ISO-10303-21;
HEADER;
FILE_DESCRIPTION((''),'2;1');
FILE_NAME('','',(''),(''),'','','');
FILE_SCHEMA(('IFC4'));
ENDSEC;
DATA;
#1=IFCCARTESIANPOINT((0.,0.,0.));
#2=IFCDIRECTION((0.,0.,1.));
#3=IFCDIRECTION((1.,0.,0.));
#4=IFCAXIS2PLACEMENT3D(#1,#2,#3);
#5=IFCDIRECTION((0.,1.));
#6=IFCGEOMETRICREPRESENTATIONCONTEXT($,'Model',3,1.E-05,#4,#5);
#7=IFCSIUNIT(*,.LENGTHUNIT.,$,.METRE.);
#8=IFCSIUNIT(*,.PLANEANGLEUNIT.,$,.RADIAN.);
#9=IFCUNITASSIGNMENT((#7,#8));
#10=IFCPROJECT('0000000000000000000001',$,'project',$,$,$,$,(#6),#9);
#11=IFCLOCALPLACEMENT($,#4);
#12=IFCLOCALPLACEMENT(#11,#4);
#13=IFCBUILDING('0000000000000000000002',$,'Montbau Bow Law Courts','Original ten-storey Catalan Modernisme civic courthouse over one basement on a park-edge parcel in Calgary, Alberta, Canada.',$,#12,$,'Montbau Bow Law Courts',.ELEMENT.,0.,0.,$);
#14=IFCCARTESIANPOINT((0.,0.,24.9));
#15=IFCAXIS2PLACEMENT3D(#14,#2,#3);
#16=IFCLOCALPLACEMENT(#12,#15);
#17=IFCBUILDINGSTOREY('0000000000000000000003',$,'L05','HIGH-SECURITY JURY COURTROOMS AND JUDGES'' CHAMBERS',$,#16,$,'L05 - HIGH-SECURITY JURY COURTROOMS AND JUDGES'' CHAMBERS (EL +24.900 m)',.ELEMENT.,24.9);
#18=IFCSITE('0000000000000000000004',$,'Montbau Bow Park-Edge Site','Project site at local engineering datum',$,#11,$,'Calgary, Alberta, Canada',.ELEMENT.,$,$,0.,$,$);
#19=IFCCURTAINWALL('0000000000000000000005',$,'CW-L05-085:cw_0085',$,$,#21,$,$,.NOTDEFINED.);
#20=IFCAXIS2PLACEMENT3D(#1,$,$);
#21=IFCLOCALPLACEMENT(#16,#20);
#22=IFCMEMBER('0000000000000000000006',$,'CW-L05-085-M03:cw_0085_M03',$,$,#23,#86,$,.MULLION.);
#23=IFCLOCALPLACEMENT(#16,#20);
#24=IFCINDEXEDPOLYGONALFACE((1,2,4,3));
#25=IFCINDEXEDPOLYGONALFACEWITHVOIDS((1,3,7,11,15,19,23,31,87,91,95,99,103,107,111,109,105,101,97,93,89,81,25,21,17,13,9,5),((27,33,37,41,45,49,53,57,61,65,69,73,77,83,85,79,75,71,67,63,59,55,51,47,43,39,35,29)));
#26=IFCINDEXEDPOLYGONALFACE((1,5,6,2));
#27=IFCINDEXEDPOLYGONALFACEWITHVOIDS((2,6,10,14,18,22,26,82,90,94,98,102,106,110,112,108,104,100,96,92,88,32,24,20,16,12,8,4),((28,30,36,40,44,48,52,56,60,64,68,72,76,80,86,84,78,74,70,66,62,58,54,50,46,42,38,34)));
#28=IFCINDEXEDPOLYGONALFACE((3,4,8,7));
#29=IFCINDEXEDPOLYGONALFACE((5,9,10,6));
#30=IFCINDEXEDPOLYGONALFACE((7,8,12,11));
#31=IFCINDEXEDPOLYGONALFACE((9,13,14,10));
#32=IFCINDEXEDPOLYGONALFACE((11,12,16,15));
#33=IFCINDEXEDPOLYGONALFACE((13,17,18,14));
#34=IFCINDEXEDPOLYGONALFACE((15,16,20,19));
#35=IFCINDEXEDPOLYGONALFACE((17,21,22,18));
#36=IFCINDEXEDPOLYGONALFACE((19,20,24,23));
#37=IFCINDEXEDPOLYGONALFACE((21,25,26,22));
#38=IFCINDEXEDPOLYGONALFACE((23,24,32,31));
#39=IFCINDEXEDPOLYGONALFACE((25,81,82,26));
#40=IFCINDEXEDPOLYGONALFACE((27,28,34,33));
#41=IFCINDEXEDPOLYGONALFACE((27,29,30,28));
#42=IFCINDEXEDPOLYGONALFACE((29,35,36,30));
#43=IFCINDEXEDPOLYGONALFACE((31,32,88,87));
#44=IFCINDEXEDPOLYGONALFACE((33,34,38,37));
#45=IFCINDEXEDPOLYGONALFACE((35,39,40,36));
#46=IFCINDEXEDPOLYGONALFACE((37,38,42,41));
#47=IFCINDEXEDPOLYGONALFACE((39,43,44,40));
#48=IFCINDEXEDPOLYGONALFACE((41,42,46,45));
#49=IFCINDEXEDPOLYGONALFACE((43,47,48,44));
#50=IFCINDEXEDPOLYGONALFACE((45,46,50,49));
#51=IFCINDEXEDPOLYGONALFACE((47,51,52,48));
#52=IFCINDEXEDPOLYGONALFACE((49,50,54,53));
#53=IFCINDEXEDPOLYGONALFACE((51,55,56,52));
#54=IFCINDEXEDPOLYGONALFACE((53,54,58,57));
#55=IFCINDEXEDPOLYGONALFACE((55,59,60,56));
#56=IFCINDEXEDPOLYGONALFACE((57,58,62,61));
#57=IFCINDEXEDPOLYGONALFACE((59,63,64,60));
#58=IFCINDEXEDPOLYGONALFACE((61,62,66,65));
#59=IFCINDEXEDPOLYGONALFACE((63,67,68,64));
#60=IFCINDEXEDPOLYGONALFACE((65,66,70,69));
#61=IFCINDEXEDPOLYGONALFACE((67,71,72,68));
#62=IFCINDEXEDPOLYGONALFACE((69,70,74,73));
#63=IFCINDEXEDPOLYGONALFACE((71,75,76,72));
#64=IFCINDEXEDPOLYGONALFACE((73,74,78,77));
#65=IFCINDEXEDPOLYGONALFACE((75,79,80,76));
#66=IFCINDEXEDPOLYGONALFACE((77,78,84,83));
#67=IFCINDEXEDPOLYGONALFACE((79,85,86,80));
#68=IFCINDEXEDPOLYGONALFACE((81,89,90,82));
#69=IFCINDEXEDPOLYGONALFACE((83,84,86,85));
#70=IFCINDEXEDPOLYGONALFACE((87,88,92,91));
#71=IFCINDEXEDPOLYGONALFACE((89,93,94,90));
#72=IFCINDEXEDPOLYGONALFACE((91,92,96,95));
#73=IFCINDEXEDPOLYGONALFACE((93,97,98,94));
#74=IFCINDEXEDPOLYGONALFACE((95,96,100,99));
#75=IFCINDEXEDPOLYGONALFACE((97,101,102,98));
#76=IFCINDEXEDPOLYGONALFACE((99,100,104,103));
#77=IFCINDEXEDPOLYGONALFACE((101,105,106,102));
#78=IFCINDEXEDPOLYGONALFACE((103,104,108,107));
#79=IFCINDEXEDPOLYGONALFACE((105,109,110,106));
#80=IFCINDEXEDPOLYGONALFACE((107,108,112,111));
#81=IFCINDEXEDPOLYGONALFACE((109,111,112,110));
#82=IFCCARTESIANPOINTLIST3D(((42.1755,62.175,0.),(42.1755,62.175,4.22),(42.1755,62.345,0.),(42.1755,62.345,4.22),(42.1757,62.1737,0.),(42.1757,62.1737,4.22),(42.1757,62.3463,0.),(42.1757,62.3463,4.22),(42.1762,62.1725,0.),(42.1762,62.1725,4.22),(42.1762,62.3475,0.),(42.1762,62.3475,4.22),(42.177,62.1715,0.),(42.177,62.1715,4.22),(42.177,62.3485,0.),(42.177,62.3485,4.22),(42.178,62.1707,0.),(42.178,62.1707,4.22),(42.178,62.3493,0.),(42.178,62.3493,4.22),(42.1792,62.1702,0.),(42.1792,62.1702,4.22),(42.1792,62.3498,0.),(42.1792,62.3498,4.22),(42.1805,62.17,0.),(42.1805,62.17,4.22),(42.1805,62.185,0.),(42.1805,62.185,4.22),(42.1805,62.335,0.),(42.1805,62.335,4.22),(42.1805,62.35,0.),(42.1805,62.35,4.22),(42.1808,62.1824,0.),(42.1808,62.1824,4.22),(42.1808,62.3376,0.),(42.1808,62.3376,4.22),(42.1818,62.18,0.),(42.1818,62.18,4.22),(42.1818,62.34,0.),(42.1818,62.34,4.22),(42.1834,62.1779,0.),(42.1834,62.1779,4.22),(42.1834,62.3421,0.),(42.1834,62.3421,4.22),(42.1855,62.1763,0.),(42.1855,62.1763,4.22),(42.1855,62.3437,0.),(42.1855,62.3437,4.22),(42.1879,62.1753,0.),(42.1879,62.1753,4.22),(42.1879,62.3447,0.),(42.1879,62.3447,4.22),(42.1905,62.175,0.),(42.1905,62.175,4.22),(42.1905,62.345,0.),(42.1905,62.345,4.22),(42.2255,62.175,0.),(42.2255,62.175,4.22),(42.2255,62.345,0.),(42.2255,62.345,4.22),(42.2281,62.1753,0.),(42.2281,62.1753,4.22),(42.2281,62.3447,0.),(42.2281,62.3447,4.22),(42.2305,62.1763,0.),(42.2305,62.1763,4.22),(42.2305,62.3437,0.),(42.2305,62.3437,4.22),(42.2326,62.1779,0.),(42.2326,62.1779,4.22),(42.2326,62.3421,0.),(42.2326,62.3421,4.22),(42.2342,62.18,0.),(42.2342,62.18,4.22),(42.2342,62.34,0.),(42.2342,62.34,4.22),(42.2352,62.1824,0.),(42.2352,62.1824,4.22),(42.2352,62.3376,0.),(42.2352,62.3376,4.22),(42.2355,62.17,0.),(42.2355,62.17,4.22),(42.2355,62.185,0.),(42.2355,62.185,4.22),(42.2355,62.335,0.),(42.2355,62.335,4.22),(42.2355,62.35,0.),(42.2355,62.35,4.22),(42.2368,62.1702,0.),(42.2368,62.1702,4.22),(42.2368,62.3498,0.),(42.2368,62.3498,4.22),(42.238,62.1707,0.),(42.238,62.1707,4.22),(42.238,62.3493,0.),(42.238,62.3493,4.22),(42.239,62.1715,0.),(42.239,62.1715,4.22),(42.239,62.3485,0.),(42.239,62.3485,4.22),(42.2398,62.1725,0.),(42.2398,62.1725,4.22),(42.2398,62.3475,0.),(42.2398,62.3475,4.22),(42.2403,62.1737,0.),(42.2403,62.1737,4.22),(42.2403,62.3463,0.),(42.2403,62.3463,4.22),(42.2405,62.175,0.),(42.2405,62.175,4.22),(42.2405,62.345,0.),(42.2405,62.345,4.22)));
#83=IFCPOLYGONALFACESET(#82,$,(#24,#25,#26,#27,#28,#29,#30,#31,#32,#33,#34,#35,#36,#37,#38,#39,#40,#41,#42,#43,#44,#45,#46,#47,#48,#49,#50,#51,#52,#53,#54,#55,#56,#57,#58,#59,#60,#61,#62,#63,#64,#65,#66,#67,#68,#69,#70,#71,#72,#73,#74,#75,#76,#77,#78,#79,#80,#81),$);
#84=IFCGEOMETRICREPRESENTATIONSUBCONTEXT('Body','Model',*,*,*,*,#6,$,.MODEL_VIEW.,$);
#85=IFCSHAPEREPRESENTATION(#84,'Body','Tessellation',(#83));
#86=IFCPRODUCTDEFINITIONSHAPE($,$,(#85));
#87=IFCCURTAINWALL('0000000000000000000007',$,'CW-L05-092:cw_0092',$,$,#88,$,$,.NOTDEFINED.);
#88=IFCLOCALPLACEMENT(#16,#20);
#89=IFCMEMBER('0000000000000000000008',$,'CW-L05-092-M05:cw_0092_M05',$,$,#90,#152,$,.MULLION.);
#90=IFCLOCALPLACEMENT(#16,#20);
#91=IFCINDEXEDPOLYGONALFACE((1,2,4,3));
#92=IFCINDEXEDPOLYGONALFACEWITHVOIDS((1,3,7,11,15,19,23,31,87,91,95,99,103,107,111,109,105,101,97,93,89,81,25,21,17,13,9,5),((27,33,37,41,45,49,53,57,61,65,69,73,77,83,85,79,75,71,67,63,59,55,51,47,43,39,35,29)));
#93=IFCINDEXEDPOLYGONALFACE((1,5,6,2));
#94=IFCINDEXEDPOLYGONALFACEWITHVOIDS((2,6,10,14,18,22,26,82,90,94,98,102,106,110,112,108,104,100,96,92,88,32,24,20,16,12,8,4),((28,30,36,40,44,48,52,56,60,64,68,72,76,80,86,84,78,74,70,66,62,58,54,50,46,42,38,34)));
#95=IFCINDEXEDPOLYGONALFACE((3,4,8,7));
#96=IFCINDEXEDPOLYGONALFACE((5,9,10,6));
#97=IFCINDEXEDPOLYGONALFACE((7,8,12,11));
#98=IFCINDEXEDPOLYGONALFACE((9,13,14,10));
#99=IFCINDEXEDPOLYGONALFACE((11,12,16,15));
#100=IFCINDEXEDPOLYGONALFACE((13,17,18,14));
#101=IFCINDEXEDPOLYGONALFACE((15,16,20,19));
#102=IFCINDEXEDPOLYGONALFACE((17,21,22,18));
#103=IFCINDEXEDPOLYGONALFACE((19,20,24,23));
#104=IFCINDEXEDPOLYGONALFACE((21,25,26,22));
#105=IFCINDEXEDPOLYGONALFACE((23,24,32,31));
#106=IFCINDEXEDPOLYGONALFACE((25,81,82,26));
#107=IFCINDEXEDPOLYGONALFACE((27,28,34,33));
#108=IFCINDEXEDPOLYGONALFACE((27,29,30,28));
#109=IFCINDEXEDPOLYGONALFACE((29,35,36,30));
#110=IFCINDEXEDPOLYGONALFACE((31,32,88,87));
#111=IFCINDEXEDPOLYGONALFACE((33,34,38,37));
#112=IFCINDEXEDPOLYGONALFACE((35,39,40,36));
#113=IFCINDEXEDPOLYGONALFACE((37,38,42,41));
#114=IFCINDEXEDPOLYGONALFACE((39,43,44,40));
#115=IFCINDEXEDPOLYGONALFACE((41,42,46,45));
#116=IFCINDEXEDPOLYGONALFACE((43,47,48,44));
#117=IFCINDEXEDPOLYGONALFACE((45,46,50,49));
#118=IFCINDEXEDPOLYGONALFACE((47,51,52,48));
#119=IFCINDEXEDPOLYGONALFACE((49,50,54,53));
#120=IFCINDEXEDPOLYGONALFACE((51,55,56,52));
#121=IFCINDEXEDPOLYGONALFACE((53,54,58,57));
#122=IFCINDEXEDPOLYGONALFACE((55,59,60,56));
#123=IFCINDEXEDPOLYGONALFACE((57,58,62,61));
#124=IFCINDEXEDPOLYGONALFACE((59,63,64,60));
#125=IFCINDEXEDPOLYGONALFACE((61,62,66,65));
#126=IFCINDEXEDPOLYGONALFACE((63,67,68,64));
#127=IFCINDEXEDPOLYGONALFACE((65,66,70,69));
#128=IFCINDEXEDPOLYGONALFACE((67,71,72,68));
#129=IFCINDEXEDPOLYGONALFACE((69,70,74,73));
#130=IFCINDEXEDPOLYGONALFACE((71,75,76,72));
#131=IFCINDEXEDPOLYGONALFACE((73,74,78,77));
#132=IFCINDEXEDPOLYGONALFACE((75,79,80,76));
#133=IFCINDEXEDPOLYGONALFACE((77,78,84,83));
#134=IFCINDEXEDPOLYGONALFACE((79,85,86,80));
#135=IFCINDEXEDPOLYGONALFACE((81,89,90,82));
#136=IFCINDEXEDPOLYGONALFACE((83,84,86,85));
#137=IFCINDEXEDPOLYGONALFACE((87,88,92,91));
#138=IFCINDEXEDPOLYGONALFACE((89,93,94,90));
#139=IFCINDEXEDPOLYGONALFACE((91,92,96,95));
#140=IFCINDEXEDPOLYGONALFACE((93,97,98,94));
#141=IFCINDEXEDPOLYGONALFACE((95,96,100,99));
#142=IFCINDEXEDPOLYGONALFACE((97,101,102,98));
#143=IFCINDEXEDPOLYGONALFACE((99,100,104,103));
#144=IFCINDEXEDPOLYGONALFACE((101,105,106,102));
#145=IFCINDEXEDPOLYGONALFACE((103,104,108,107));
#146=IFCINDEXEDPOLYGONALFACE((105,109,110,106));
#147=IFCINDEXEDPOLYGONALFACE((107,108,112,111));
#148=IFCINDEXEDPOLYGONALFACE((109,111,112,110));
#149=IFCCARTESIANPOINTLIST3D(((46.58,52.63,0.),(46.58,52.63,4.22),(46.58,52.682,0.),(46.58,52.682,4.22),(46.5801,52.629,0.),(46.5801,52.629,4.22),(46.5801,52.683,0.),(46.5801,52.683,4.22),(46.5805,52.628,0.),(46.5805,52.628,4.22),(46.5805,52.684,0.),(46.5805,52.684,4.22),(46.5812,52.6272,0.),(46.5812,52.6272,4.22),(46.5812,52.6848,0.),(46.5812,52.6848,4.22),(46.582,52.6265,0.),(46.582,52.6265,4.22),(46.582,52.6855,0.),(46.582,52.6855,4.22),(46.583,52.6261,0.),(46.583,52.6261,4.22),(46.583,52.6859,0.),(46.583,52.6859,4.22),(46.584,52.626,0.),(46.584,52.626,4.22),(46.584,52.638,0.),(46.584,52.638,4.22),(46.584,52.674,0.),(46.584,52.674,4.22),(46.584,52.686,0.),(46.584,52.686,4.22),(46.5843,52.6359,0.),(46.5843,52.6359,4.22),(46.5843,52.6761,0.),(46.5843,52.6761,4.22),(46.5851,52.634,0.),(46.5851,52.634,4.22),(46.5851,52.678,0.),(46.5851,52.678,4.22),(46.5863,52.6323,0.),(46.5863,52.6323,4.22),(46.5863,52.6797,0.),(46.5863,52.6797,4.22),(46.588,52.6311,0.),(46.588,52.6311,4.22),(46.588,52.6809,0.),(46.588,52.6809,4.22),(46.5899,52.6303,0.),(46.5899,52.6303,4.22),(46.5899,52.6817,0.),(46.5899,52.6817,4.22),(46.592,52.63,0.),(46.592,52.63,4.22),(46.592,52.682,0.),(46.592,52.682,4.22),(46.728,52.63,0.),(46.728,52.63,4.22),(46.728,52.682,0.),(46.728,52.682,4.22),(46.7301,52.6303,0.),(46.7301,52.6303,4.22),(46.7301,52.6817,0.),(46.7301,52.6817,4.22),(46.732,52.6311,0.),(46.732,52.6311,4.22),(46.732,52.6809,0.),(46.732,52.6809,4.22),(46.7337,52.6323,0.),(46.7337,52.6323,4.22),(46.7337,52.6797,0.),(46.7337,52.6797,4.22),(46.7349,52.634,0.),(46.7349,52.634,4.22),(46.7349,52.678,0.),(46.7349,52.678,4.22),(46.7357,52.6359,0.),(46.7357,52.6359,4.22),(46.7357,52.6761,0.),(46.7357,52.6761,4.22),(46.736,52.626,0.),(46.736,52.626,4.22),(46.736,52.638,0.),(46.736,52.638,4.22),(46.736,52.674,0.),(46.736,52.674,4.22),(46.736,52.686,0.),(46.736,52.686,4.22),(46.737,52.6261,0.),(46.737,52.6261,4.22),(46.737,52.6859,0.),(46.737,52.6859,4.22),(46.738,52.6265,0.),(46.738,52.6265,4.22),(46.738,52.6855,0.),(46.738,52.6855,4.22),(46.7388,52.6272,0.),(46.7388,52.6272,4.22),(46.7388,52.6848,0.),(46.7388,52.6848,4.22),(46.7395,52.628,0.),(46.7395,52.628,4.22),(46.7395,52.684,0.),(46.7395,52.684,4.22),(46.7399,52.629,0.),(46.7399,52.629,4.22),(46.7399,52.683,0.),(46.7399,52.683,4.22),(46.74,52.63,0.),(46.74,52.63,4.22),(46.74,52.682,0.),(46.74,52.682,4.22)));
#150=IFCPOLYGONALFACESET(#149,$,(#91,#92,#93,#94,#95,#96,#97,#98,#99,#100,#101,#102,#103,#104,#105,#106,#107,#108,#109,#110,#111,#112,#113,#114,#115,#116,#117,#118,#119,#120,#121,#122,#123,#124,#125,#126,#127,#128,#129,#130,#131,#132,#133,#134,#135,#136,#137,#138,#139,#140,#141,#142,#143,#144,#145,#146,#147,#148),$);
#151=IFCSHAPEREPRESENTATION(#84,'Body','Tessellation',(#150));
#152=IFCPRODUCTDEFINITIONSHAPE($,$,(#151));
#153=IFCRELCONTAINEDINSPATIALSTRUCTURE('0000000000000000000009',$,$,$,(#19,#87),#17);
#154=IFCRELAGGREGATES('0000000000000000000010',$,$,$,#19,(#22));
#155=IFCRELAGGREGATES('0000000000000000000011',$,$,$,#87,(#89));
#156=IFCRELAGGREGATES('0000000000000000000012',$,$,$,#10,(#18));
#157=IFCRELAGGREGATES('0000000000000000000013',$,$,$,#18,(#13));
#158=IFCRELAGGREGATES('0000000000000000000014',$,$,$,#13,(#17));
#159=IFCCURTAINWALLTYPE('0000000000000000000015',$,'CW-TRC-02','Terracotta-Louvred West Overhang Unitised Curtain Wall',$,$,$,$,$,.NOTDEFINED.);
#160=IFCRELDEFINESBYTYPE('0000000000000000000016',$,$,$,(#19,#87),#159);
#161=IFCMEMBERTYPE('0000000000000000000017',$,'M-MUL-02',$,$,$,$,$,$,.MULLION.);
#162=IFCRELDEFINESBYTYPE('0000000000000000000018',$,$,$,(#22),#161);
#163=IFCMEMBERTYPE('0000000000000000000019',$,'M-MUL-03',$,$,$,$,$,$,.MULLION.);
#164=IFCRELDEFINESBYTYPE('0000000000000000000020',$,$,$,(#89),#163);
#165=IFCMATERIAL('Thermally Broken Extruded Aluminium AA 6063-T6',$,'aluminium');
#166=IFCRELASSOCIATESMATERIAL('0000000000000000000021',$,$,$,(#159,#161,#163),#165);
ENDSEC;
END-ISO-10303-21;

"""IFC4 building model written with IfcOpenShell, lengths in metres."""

from ifc_helpers import new_model, si_unit, direction, frame, origin_with_axes, origin_2d_with_axis, place, context, subcontext, project, spatial, hollow_rectangle, extrude, material, material_profile, profile_set, type_object, element, aggregate, save


model = new_model("IFC4")

# Units and contexts
model_context = context("Model", 3, precision=1e-05, world=origin_with_axes(), true_north=direction((0.0, 1.0)))
body_context = subcontext(model_context, "Body", "Model", "MODEL_VIEW")
ifc_project = project(units=[si_unit("LENGTHUNIT", "METRE"), si_unit("PLANEANGLEUNIT", "RADIAN")], contexts=[model_context])

# Site, building, storey
site_placement = place(None, origin_with_axes())
site = spatial("IfcSite", under=ifc_project, at=site_placement, Name="Montbau Bow Park-Edge Site", Description="Project site at local engineering datum", LongName="Calgary, Alberta, Canada", CompositionType="ELEMENT", RefElevation=0.0)
building_placement = place(site_placement, origin_with_axes())
building = spatial("IfcBuilding", under=site, at=building_placement, Name="Montbau Bow Law Courts", Description="Original ten-storey Catalan Modernisme civic courthouse over one basement on a park-edge parcel in Calgary, Alberta, Canada.", LongName="Montbau Bow Law Courts", CompositionType="ELEMENT", ElevationOfRefHeight=0.0, ElevationOfTerrain=0.0)
storey_placement = place(building_placement, frame((0.0, 0.0, 24.9), z_axis=(0.0, 0.0, 1.0), x_axis=(1.0, 0.0, 0.0)))
storey = spatial("IfcBuildingStorey", under=building, at=storey_placement, Name="L05", Description="HIGH-SECURITY JURY COURTROOMS AND JUDGES' CHAMBERS", LongName="L05 - HIGH-SECURITY JURY COURTROOMS AND JUDGES' CHAMBERS (EL +24.900 m)", CompositionType="ELEMENT", Elevation=24.9)

# Curtain wall, member
ifc_material_1 = material(Name="Thermally Broken Extruded Aluminium AA 6063-T6", Category="aluminium")
curtain_wall_type = type_object("IfcCurtainWallType", Name="CW-TRC-02", Description="Terracotta-Louvred West Overhang Unitised Curtain Wall", PredefinedType="NOTDEFINED", material=ifc_material_1)
curtain_wall_1_placement = place(None, frame((39.44, 62.26, 24.9), z_axis=(0.0, 0.0, 1.0), x_axis=(1.0, 0.0, 0.0)))
curtain_wall_1 = element("IfcCurtainWall", 1, at=curtain_wall_1_placement, inside=storey, type_object=curtain_wall_type, Name="CW-L05-085:cw_0085", PredefinedType="NOTDEFINED")
ifc_material_profile_1 = material_profile(ifc_material_1, hollow_rectangle(XDim=0.065, YDim=0.18, WallThickness=0.005, InnerFilletRadius=0.01, OuterFilletRadius=0.005, at=origin_2d_with_axis()), Name="CWM-180X65", Category="Main", Priority=0)
ifc_profile_set_1 = profile_set([ifc_material_profile_1], Name="Thermally Broken Extruded Aluminium AA 6063-T6")
member_type_1 = type_object("IfcMemberType", Name="M-MUL-02", PredefinedType="MULLION", material=ifc_profile_set_1)
member_1_placement = place(None, frame((42.208, 62.26, 24.9), z_axis=(0.0, 0.0, 1.0), x_axis=(1.0, 0.0, 0.0)))
member_1 = element("IfcMember", 2, at=member_1_placement, type_object=member_type_1, Name="CW-L05-085-M03:cw_0085_M03", PredefinedType="MULLION", context=body_context, shape_type="SweptSolid", body=[
    extrude(hollow_rectangle(XDim=0.065, YDim=0.18, WallThickness=0.005, InnerFilletRadius=0.01, OuterFilletRadius=0.005, at=origin_2d_with_axis()), origin_with_axes(), (0.0, 0.0, 1.0), 4.22),
])

# Curtain wall, member
curtain_wall_2_placement = place(None, frame((46.66, 46.64, 24.9), z_axis=(0.0, 0.0, 1.0), x_axis=(1.0, 0.0, 0.0)))
curtain_wall_2 = element("IfcCurtainWall", 3, at=curtain_wall_2_placement, inside=storey, type_object=curtain_wall_type, Name="CW-L05-092:cw_0092", PredefinedType="NOTDEFINED")
ifc_material_profile_2 = material_profile(ifc_material_1, hollow_rectangle(XDim=0.06, YDim=0.16, WallThickness=0.004, InnerFilletRadius=0.008, OuterFilletRadius=0.004, at=origin_2d_with_axis()), Name="CWM-160X60", Category="Main", Priority=0)
ifc_profile_set_2 = profile_set([ifc_material_profile_2], Name="Thermally Broken Extruded Aluminium AA 6063-T6")
member_type_2 = type_object("IfcMemberType", Name="M-MUL-03", PredefinedType="MULLION", material=ifc_profile_set_2)
member_2_placement = place(None, frame((46.66, 52.656, 24.9), z_axis=(0.0, 0.0, 1.0), x_axis=(0.0, 1.0, 0.0)))
member_2 = element("IfcMember", 4, at=member_2_placement, type_object=member_type_2, Name="CW-L05-092-M05:cw_0092_M05", PredefinedType="MULLION", context=body_context, shape_type="SweptSolid", body=[
    extrude(hollow_rectangle(XDim=0.06, YDim=0.16, WallThickness=0.004, InnerFilletRadius=0.008, OuterFilletRadius=0.004, at=origin_2d_with_axis()), origin_with_axes(), (0.0, 0.0, 1.0), 4.22),
])

aggregate(curtain_wall_1, [member_1])
aggregate(curtain_wall_2, [member_2])

save(model, "model.ifc")
